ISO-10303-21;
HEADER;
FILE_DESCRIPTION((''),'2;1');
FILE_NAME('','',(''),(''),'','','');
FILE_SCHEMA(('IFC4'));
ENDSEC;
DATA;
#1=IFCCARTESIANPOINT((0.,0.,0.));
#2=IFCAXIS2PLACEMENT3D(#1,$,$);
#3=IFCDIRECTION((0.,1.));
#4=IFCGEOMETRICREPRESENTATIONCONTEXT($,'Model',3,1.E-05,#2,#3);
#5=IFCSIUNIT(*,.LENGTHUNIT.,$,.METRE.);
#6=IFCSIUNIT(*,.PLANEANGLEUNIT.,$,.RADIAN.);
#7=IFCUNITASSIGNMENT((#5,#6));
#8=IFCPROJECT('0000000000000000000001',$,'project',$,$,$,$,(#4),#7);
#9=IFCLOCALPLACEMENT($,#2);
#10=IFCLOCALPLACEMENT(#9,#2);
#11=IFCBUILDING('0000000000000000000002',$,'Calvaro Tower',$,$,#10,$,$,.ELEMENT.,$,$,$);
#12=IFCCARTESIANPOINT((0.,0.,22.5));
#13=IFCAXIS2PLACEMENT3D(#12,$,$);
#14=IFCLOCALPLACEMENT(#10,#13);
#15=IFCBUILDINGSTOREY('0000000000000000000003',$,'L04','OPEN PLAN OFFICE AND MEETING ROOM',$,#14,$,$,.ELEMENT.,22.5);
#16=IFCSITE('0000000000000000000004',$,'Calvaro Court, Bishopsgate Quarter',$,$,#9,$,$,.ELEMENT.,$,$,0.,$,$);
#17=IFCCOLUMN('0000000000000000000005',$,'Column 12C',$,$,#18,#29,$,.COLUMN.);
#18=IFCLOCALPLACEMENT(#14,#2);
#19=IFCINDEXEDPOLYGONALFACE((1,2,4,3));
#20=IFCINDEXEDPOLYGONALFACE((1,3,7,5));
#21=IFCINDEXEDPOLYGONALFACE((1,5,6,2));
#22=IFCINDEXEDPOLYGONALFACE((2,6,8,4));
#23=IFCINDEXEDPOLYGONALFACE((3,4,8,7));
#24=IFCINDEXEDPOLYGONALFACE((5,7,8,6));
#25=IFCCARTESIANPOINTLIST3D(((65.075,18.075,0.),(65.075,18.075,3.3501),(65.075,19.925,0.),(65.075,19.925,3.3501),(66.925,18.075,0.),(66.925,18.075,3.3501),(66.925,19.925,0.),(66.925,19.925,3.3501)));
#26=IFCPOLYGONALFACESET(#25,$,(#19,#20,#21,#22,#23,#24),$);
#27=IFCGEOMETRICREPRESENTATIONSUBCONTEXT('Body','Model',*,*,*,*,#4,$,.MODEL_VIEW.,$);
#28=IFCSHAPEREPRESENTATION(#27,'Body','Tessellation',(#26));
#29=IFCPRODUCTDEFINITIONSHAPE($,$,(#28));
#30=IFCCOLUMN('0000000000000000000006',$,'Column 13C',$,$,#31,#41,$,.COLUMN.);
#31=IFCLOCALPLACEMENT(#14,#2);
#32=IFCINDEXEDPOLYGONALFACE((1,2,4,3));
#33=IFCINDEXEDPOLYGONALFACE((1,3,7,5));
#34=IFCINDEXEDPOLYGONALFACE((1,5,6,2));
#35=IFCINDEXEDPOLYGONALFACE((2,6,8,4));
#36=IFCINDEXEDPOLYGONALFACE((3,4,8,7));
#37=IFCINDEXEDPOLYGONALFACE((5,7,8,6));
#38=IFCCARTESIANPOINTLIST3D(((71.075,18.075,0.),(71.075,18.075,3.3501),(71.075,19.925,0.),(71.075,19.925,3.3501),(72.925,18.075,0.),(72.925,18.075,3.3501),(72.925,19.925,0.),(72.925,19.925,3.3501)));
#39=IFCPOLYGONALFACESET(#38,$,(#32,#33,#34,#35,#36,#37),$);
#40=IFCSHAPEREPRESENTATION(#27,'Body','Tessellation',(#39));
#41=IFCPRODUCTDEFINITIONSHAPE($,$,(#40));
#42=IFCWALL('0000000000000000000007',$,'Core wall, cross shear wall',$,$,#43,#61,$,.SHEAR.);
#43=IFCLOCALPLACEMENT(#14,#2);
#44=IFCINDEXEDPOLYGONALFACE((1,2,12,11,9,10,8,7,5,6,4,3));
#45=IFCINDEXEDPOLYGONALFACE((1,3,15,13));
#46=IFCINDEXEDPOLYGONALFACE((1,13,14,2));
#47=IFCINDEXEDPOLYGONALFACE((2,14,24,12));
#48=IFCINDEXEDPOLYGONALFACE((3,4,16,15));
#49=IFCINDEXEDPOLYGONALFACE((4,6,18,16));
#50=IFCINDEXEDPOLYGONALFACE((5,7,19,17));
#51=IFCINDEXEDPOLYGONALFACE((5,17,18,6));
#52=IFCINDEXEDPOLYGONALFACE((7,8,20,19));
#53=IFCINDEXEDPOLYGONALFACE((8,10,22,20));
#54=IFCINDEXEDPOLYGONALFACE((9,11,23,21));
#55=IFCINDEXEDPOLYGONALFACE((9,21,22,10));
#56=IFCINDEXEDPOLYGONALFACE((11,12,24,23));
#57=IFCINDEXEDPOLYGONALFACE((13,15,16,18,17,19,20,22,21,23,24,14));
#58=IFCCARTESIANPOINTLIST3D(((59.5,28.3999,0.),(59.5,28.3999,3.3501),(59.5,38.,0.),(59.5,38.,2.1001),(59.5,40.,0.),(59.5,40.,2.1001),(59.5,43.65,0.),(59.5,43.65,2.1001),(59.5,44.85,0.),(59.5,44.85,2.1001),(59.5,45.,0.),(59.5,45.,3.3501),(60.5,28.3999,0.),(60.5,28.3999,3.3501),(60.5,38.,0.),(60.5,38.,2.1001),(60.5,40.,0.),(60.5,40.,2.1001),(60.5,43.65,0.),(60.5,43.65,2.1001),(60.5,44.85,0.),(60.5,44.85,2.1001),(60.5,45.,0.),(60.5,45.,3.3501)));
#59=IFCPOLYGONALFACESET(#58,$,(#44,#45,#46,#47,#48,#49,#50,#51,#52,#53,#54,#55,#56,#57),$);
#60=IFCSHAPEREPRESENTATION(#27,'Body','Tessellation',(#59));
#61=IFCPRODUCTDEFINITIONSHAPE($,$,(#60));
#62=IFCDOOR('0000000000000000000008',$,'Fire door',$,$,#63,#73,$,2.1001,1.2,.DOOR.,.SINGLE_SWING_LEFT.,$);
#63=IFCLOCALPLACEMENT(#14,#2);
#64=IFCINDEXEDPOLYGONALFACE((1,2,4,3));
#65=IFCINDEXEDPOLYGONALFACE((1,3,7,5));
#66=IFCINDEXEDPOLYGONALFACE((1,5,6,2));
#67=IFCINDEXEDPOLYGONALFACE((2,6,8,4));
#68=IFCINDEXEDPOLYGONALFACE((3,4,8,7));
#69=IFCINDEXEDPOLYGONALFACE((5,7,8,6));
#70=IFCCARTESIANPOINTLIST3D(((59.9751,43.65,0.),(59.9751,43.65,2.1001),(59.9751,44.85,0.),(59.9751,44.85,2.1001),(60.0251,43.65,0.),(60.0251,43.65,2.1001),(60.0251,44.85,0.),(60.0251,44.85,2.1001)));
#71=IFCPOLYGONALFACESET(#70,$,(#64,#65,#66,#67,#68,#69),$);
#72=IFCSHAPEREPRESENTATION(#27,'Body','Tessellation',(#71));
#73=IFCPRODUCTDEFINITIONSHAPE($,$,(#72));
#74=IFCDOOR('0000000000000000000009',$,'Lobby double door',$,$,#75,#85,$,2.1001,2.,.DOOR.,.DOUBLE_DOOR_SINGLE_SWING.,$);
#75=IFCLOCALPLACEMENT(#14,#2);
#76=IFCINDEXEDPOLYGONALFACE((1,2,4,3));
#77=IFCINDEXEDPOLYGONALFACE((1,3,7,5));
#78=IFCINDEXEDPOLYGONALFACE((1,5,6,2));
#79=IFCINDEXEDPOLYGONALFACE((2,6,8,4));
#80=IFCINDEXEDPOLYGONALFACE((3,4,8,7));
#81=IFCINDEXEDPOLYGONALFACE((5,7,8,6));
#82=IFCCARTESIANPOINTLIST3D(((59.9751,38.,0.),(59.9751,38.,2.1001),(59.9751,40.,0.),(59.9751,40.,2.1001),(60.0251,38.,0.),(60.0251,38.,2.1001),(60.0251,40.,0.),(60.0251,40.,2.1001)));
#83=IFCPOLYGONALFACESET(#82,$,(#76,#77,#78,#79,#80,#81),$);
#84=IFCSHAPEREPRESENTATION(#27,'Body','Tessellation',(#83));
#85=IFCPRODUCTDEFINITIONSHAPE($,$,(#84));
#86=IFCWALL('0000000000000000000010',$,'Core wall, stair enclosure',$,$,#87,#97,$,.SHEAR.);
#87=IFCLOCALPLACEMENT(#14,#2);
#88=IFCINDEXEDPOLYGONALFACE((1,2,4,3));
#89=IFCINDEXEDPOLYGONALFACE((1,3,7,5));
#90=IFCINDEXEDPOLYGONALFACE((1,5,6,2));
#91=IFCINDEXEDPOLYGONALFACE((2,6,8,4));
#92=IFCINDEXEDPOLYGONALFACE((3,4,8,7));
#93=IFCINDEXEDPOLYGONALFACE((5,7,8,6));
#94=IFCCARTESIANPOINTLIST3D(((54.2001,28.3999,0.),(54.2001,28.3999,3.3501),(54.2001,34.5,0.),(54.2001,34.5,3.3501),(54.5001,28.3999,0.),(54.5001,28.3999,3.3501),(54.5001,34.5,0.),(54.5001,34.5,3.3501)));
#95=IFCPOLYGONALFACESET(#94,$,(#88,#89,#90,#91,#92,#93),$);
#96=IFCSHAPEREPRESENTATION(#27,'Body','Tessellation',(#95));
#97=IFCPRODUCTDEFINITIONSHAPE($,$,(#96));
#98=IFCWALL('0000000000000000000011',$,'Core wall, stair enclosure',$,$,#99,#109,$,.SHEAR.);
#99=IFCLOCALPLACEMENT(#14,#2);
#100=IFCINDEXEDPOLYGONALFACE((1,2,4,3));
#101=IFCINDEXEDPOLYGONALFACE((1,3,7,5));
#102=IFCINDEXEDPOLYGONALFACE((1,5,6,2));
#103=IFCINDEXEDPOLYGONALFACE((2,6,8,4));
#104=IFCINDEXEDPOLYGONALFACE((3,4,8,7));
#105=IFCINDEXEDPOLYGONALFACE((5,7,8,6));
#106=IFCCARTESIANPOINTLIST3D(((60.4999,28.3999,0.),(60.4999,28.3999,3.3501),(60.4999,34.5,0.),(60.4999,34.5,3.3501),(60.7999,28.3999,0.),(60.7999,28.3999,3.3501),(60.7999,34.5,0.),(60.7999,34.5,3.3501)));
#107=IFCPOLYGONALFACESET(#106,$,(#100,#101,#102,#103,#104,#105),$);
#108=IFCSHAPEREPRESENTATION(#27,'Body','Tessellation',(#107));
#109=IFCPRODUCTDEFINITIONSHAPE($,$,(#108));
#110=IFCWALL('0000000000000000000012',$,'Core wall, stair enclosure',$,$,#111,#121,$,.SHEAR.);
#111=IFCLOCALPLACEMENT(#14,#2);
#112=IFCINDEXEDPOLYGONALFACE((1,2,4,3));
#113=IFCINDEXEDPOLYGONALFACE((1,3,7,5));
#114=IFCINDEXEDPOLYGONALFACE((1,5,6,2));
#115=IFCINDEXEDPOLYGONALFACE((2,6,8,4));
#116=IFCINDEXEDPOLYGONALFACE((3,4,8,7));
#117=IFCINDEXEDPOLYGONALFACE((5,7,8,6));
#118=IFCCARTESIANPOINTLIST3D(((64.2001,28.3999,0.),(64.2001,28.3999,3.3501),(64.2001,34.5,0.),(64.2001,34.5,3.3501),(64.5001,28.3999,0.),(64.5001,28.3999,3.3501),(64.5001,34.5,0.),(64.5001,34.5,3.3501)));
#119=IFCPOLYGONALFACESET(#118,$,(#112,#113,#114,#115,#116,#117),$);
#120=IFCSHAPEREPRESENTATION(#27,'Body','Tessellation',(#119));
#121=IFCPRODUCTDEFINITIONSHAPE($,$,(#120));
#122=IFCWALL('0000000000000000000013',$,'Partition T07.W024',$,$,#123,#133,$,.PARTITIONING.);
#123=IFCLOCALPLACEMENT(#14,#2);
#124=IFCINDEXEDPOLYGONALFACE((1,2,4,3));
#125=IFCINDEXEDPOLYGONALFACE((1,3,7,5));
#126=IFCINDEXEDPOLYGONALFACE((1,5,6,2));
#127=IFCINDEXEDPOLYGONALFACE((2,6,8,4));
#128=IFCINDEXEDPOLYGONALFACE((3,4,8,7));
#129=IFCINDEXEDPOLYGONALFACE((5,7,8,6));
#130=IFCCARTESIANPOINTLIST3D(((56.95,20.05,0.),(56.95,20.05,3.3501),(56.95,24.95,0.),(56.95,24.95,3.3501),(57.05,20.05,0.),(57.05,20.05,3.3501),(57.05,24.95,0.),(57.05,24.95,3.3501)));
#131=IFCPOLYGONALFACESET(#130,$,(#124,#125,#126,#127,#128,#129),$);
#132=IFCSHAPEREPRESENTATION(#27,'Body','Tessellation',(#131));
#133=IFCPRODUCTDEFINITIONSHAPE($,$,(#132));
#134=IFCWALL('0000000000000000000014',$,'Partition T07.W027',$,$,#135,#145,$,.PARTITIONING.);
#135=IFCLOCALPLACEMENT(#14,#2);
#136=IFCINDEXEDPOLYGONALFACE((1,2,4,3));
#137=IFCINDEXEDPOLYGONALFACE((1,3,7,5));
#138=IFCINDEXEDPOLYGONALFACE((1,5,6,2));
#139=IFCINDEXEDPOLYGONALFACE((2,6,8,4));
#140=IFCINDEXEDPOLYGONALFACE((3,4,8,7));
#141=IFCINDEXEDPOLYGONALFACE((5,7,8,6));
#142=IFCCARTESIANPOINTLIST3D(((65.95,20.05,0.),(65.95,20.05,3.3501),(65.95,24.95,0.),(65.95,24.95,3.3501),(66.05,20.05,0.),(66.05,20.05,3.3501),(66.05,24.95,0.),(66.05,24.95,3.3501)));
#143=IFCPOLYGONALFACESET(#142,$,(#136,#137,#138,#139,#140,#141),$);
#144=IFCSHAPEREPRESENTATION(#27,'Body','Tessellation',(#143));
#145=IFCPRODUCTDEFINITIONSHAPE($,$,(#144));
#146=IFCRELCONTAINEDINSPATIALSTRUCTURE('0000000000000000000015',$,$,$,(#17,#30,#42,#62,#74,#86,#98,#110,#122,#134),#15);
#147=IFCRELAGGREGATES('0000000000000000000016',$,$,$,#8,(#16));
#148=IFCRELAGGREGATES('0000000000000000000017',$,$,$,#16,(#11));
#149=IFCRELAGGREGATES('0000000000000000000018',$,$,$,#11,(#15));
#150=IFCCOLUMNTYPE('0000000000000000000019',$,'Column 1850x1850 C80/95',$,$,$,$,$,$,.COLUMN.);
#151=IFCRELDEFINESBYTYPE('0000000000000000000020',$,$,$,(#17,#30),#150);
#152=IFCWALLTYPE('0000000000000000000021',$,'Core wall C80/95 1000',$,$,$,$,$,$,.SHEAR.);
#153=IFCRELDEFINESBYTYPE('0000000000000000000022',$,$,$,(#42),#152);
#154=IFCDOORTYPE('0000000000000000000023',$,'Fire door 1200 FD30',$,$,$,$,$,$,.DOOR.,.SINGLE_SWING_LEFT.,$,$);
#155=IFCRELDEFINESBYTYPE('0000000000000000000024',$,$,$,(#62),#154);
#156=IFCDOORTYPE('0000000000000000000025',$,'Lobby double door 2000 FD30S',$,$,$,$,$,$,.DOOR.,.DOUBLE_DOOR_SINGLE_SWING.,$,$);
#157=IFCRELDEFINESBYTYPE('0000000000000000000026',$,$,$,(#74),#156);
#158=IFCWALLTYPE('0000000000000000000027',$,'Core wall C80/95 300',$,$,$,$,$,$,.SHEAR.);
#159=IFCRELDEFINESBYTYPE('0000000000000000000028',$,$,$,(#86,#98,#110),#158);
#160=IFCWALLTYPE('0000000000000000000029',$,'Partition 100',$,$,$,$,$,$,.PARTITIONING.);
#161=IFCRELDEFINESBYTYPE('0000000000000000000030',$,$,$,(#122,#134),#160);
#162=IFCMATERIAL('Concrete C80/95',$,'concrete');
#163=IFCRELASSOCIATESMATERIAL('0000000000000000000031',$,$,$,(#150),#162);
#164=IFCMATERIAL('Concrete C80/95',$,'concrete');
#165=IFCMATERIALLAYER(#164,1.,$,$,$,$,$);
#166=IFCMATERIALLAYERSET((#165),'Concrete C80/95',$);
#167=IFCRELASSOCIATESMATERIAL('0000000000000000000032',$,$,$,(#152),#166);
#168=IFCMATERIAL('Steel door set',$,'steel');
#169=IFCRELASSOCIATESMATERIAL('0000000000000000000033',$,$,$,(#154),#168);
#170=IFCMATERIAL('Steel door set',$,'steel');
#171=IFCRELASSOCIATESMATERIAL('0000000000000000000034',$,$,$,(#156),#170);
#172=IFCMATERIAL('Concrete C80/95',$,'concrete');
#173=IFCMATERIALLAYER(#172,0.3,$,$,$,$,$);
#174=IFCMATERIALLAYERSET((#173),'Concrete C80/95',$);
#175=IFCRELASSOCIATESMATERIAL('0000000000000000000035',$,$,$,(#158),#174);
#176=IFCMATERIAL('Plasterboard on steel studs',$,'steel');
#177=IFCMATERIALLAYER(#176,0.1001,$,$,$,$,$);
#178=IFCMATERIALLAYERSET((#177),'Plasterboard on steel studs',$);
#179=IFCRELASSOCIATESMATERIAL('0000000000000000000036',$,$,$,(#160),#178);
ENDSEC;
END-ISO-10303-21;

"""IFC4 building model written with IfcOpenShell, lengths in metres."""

from ifc_helpers import new_model, si_unit, direction, frame, frame_2d, origin, origin_2d, place, context, subcontext, project, spatial, rectangle, extrude, material, layer, layer_set, material_profile, profile_set, type_object, element, fill, save


model = new_model("IFC4")

# Units and contexts
model_context = context("Model", 3, precision=1e-05, world=origin(), true_north=direction((0.0, 1.0)))
body_context = subcontext(model_context, "Body", "Model", "MODEL_VIEW")
ifc_project = project(units=[si_unit("LENGTHUNIT", "METRE"), si_unit("PLANEANGLEUNIT", "RADIAN")], contexts=[model_context])

# Site, building, storey
site_placement = place(None, origin())
site = spatial("IfcSite", under=ifc_project, at=site_placement, Name="Calvaro Court, Bishopsgate Quarter", CompositionType="ELEMENT", RefElevation=0.0)
building_placement = place(site_placement, origin())
building = spatial("IfcBuilding", under=site, at=building_placement, Name="Calvaro Tower", CompositionType="ELEMENT")
storey_placement = place(building_placement, frame((0.0, 0.0, 22.5)))
storey = spatial("IfcBuildingStorey", under=building, at=storey_placement, Name="L04", Description="OPEN PLAN OFFICE AND MEETING ROOM", CompositionType="ELEMENT", Elevation=22.5)

# Columns
ifc_material_1 = material(Name="Concrete C80/95", Category="concrete")
ifc_material_profile = material_profile(ifc_material_1, rectangle(XDim=1.8501, YDim=1.8501, at=origin_2d()), Name="RC 1850x1850")
ifc_profile_set = profile_set([ifc_material_profile], Name="Concrete C80/95")
column_type = type_object("IfcColumnType", Name="Column 1850x1850 C80/95", PredefinedType="COLUMN", material=ifc_profile_set)
for number, where, z_axis, x_axis, name in (
    (1, (66.0, 19.0, 0.0), (0.0, 0.0, 1.0), (1.0, 0.0, 0.0), "Column 12C"),
    (2, (72.0, 19.0, 0.0), (0.0, 0.0, 1.0), (1.0, 0.0, 0.0), "Column 13C"),
):
    element("IfcColumn", number, at=place(storey_placement, frame(where, z_axis=z_axis, x_axis=x_axis)), inside=storey, type_object=column_type, Name=name, PredefinedType="COLUMN", context=body_context, shape_type="SweptSolid", body=[
        extrude(rectangle(XDim=1.8501, YDim=1.8501, at=origin_2d()), origin(), (0.0, 0.0, 1.0), 3.3501),
    ])

# Wall, openings, doors
ifc_material_2 = material(Name="Concrete C80/95", Category="concrete")
ifc_layer_1 = layer(ifc_material_2, 1.0)
ifc_layer_set_1 = layer_set([ifc_layer_1], Name="Concrete C80/95")
wall_type_1 = type_object("IfcWallType", Name="Core wall C80/95 1000", PredefinedType="SHEAR", material=ifc_layer_set_1)
wall_1_placement = place(storey_placement, frame((60.0, 28.3999, 0.0), z_axis=(0.0, 0.0, 1.0), x_axis=(0.0, 1.0, 0.0)))
wall_1 = element("IfcWall", 3, at=wall_1_placement, inside=storey, type_object=wall_type_1, Name="Core wall, cross shear wall", PredefinedType="SHEAR", context=body_context, shape_type="SweptSolid", body=[
    extrude(rectangle(XDim=16.6001, YDim=1.0, at=frame_2d((8.3, 0.0))), origin(), (0.0, 0.0, 1.0), 3.3501),
])
opening_1_placement = place(wall_1_placement, frame((9.6001, 0.0, 0.0)))
opening_1 = element("IfcOpeningElement", 4, at=opening_1_placement, cuts=wall_1, PredefinedType="OPENING", context=body_context, shape_type="SweptSolid", body=[
    extrude(rectangle(XDim=2.0, YDim=2.1001, at=frame_2d((1.0, 1.05))), frame((0.0, 0.51, 0.0), z_axis=(0.0, -1.0, 0.0), x_axis=(1.0, 0.0, 0.0)), (0.0, 0.0, 1.0), 1.02),
])
opening_2_placement = place(wall_1_placement, frame((15.25, 0.0, 0.0)))
opening_2 = element("IfcOpeningElement", 5, at=opening_2_placement, cuts=wall_1, PredefinedType="OPENING", context=body_context, shape_type="SweptSolid", body=[
    extrude(rectangle(XDim=1.2, YDim=2.1001, at=frame_2d((0.6001, 1.05))), frame((0.0, 0.51, 0.0), z_axis=(0.0, -1.0, 0.0), x_axis=(1.0, 0.0, 0.0)), (0.0, 0.0, 1.0), 1.02),
])
ifc_material_3 = material(Name="Steel door set", Category="steel")
door_type_1 = type_object("IfcDoorType", Name="Fire door 1200 FD30", OperationType="SINGLE_SWING_LEFT", PredefinedType="DOOR", material=ifc_material_3)
door_1_placement = place(opening_2_placement, origin())
door_1 = element("IfcDoor", 6, at=door_1_placement, inside=storey, type_object=door_type_1, Name="Fire door", OperationType="SINGLE_SWING_LEFT", OverallHeight=2.1001, OverallWidth=1.2, PredefinedType="DOOR", context=body_context, shape_type="SweptSolid", body=[
    extrude(rectangle(XDim=1.2, YDim=2.1001, at=frame_2d((0.6001, 1.05))), frame((0.0, 0.0249, 0.0), z_axis=(0.0, -1.0, 0.0), x_axis=(1.0, 0.0, 0.0)), (0.0, 0.0, 1.0), 0.05),
])
fill(opening_2, door_1)
ifc_material_4 = material(Name="Steel door set", Category="steel")
door_type_2 = type_object("IfcDoorType", Name="Lobby double door 2000 FD30S", OperationType="DOUBLE_DOOR_SINGLE_SWING", PredefinedType="DOOR", material=ifc_material_4)
door_2_placement = place(opening_1_placement, origin())
door_2 = element("IfcDoor", 7, at=door_2_placement, inside=storey, type_object=door_type_2, Name="Lobby double door", OperationType="DOUBLE_DOOR_SINGLE_SWING", OverallHeight=2.1001, OverallWidth=2.0, PredefinedType="DOOR", context=body_context, shape_type="SweptSolid", body=[
    extrude(rectangle(XDim=2.0, YDim=2.1001, at=frame_2d((1.0, 1.05))), frame((0.0, 0.0249, 0.0), z_axis=(0.0, -1.0, 0.0), x_axis=(1.0, 0.0, 0.0)), (0.0, 0.0, 1.0), 0.05),
])
fill(opening_1, door_2)

# Walls
ifc_material_5 = material(Name="Concrete C80/95", Category="concrete")
ifc_layer_2 = layer(ifc_material_5, 0.3)
ifc_layer_set_2 = layer_set([ifc_layer_2], Name="Concrete C80/95")
wall_type_2 = type_object("IfcWallType", Name="Core wall C80/95 300", PredefinedType="SHEAR", material=ifc_layer_set_2)
for number, where, z_axis, x_axis, name in (
    (8, (54.3501, 28.3999, 0.0), (0.0, 0.0, 1.0), (0.0, 1.0, 0.0), "Core wall, stair enclosure"),
    (9, (60.6499, 28.3999, 0.0), (0.0, 0.0, 1.0), (0.0, 1.0, 0.0), "Core wall, stair enclosure"),
    (10, (64.3501, 28.3999, 0.0), (0.0, 0.0, 1.0), (0.0, 1.0, 0.0), "Core wall, stair enclosure"),
):
    element("IfcWall", number, at=place(storey_placement, frame(where, z_axis=z_axis, x_axis=x_axis)), inside=storey, type_object=wall_type_2, Name=name, PredefinedType="SHEAR", context=body_context, shape_type="SweptSolid", body=[
        extrude(rectangle(XDim=6.1001, YDim=0.3, at=frame_2d((3.05, 0.0))), origin(), (0.0, 0.0, 1.0), 3.3501),
    ])
ifc_material_6 = material(Name="Plasterboard on steel studs", Category="steel")
ifc_layer_3 = layer(ifc_material_6, 0.1001)
ifc_layer_set_3 = layer_set([ifc_layer_3], Name="Plasterboard on steel studs")
wall_type_3 = type_object("IfcWallType", Name="Partition 100", PredefinedType="PARTITIONING", material=ifc_layer_set_3)
for number, where, z_axis, x_axis, name in (
    (11, (57.0, 20.05, 0.0), (0.0, 0.0, 1.0), (0.0, 1.0, 0.0), "Partition T07.W024"),
    (12, (66.0, 20.05, 0.0), (0.0, 0.0, 1.0), (0.0, 1.0, 0.0), "Partition T07.W027"),
):
    element("IfcWall", number, at=place(storey_placement, frame(where, z_axis=z_axis, x_axis=x_axis)), inside=storey, type_object=wall_type_3, Name=name, PredefinedType="PARTITIONING", context=body_context, shape_type="SweptSolid", body=[
        extrude(rectangle(XDim=4.8999, YDim=0.1001, at=frame_2d((2.45, 0.0))), origin(), (0.0, 0.0, 1.0), 3.3501),
    ])

save(model, "model.ifc")
